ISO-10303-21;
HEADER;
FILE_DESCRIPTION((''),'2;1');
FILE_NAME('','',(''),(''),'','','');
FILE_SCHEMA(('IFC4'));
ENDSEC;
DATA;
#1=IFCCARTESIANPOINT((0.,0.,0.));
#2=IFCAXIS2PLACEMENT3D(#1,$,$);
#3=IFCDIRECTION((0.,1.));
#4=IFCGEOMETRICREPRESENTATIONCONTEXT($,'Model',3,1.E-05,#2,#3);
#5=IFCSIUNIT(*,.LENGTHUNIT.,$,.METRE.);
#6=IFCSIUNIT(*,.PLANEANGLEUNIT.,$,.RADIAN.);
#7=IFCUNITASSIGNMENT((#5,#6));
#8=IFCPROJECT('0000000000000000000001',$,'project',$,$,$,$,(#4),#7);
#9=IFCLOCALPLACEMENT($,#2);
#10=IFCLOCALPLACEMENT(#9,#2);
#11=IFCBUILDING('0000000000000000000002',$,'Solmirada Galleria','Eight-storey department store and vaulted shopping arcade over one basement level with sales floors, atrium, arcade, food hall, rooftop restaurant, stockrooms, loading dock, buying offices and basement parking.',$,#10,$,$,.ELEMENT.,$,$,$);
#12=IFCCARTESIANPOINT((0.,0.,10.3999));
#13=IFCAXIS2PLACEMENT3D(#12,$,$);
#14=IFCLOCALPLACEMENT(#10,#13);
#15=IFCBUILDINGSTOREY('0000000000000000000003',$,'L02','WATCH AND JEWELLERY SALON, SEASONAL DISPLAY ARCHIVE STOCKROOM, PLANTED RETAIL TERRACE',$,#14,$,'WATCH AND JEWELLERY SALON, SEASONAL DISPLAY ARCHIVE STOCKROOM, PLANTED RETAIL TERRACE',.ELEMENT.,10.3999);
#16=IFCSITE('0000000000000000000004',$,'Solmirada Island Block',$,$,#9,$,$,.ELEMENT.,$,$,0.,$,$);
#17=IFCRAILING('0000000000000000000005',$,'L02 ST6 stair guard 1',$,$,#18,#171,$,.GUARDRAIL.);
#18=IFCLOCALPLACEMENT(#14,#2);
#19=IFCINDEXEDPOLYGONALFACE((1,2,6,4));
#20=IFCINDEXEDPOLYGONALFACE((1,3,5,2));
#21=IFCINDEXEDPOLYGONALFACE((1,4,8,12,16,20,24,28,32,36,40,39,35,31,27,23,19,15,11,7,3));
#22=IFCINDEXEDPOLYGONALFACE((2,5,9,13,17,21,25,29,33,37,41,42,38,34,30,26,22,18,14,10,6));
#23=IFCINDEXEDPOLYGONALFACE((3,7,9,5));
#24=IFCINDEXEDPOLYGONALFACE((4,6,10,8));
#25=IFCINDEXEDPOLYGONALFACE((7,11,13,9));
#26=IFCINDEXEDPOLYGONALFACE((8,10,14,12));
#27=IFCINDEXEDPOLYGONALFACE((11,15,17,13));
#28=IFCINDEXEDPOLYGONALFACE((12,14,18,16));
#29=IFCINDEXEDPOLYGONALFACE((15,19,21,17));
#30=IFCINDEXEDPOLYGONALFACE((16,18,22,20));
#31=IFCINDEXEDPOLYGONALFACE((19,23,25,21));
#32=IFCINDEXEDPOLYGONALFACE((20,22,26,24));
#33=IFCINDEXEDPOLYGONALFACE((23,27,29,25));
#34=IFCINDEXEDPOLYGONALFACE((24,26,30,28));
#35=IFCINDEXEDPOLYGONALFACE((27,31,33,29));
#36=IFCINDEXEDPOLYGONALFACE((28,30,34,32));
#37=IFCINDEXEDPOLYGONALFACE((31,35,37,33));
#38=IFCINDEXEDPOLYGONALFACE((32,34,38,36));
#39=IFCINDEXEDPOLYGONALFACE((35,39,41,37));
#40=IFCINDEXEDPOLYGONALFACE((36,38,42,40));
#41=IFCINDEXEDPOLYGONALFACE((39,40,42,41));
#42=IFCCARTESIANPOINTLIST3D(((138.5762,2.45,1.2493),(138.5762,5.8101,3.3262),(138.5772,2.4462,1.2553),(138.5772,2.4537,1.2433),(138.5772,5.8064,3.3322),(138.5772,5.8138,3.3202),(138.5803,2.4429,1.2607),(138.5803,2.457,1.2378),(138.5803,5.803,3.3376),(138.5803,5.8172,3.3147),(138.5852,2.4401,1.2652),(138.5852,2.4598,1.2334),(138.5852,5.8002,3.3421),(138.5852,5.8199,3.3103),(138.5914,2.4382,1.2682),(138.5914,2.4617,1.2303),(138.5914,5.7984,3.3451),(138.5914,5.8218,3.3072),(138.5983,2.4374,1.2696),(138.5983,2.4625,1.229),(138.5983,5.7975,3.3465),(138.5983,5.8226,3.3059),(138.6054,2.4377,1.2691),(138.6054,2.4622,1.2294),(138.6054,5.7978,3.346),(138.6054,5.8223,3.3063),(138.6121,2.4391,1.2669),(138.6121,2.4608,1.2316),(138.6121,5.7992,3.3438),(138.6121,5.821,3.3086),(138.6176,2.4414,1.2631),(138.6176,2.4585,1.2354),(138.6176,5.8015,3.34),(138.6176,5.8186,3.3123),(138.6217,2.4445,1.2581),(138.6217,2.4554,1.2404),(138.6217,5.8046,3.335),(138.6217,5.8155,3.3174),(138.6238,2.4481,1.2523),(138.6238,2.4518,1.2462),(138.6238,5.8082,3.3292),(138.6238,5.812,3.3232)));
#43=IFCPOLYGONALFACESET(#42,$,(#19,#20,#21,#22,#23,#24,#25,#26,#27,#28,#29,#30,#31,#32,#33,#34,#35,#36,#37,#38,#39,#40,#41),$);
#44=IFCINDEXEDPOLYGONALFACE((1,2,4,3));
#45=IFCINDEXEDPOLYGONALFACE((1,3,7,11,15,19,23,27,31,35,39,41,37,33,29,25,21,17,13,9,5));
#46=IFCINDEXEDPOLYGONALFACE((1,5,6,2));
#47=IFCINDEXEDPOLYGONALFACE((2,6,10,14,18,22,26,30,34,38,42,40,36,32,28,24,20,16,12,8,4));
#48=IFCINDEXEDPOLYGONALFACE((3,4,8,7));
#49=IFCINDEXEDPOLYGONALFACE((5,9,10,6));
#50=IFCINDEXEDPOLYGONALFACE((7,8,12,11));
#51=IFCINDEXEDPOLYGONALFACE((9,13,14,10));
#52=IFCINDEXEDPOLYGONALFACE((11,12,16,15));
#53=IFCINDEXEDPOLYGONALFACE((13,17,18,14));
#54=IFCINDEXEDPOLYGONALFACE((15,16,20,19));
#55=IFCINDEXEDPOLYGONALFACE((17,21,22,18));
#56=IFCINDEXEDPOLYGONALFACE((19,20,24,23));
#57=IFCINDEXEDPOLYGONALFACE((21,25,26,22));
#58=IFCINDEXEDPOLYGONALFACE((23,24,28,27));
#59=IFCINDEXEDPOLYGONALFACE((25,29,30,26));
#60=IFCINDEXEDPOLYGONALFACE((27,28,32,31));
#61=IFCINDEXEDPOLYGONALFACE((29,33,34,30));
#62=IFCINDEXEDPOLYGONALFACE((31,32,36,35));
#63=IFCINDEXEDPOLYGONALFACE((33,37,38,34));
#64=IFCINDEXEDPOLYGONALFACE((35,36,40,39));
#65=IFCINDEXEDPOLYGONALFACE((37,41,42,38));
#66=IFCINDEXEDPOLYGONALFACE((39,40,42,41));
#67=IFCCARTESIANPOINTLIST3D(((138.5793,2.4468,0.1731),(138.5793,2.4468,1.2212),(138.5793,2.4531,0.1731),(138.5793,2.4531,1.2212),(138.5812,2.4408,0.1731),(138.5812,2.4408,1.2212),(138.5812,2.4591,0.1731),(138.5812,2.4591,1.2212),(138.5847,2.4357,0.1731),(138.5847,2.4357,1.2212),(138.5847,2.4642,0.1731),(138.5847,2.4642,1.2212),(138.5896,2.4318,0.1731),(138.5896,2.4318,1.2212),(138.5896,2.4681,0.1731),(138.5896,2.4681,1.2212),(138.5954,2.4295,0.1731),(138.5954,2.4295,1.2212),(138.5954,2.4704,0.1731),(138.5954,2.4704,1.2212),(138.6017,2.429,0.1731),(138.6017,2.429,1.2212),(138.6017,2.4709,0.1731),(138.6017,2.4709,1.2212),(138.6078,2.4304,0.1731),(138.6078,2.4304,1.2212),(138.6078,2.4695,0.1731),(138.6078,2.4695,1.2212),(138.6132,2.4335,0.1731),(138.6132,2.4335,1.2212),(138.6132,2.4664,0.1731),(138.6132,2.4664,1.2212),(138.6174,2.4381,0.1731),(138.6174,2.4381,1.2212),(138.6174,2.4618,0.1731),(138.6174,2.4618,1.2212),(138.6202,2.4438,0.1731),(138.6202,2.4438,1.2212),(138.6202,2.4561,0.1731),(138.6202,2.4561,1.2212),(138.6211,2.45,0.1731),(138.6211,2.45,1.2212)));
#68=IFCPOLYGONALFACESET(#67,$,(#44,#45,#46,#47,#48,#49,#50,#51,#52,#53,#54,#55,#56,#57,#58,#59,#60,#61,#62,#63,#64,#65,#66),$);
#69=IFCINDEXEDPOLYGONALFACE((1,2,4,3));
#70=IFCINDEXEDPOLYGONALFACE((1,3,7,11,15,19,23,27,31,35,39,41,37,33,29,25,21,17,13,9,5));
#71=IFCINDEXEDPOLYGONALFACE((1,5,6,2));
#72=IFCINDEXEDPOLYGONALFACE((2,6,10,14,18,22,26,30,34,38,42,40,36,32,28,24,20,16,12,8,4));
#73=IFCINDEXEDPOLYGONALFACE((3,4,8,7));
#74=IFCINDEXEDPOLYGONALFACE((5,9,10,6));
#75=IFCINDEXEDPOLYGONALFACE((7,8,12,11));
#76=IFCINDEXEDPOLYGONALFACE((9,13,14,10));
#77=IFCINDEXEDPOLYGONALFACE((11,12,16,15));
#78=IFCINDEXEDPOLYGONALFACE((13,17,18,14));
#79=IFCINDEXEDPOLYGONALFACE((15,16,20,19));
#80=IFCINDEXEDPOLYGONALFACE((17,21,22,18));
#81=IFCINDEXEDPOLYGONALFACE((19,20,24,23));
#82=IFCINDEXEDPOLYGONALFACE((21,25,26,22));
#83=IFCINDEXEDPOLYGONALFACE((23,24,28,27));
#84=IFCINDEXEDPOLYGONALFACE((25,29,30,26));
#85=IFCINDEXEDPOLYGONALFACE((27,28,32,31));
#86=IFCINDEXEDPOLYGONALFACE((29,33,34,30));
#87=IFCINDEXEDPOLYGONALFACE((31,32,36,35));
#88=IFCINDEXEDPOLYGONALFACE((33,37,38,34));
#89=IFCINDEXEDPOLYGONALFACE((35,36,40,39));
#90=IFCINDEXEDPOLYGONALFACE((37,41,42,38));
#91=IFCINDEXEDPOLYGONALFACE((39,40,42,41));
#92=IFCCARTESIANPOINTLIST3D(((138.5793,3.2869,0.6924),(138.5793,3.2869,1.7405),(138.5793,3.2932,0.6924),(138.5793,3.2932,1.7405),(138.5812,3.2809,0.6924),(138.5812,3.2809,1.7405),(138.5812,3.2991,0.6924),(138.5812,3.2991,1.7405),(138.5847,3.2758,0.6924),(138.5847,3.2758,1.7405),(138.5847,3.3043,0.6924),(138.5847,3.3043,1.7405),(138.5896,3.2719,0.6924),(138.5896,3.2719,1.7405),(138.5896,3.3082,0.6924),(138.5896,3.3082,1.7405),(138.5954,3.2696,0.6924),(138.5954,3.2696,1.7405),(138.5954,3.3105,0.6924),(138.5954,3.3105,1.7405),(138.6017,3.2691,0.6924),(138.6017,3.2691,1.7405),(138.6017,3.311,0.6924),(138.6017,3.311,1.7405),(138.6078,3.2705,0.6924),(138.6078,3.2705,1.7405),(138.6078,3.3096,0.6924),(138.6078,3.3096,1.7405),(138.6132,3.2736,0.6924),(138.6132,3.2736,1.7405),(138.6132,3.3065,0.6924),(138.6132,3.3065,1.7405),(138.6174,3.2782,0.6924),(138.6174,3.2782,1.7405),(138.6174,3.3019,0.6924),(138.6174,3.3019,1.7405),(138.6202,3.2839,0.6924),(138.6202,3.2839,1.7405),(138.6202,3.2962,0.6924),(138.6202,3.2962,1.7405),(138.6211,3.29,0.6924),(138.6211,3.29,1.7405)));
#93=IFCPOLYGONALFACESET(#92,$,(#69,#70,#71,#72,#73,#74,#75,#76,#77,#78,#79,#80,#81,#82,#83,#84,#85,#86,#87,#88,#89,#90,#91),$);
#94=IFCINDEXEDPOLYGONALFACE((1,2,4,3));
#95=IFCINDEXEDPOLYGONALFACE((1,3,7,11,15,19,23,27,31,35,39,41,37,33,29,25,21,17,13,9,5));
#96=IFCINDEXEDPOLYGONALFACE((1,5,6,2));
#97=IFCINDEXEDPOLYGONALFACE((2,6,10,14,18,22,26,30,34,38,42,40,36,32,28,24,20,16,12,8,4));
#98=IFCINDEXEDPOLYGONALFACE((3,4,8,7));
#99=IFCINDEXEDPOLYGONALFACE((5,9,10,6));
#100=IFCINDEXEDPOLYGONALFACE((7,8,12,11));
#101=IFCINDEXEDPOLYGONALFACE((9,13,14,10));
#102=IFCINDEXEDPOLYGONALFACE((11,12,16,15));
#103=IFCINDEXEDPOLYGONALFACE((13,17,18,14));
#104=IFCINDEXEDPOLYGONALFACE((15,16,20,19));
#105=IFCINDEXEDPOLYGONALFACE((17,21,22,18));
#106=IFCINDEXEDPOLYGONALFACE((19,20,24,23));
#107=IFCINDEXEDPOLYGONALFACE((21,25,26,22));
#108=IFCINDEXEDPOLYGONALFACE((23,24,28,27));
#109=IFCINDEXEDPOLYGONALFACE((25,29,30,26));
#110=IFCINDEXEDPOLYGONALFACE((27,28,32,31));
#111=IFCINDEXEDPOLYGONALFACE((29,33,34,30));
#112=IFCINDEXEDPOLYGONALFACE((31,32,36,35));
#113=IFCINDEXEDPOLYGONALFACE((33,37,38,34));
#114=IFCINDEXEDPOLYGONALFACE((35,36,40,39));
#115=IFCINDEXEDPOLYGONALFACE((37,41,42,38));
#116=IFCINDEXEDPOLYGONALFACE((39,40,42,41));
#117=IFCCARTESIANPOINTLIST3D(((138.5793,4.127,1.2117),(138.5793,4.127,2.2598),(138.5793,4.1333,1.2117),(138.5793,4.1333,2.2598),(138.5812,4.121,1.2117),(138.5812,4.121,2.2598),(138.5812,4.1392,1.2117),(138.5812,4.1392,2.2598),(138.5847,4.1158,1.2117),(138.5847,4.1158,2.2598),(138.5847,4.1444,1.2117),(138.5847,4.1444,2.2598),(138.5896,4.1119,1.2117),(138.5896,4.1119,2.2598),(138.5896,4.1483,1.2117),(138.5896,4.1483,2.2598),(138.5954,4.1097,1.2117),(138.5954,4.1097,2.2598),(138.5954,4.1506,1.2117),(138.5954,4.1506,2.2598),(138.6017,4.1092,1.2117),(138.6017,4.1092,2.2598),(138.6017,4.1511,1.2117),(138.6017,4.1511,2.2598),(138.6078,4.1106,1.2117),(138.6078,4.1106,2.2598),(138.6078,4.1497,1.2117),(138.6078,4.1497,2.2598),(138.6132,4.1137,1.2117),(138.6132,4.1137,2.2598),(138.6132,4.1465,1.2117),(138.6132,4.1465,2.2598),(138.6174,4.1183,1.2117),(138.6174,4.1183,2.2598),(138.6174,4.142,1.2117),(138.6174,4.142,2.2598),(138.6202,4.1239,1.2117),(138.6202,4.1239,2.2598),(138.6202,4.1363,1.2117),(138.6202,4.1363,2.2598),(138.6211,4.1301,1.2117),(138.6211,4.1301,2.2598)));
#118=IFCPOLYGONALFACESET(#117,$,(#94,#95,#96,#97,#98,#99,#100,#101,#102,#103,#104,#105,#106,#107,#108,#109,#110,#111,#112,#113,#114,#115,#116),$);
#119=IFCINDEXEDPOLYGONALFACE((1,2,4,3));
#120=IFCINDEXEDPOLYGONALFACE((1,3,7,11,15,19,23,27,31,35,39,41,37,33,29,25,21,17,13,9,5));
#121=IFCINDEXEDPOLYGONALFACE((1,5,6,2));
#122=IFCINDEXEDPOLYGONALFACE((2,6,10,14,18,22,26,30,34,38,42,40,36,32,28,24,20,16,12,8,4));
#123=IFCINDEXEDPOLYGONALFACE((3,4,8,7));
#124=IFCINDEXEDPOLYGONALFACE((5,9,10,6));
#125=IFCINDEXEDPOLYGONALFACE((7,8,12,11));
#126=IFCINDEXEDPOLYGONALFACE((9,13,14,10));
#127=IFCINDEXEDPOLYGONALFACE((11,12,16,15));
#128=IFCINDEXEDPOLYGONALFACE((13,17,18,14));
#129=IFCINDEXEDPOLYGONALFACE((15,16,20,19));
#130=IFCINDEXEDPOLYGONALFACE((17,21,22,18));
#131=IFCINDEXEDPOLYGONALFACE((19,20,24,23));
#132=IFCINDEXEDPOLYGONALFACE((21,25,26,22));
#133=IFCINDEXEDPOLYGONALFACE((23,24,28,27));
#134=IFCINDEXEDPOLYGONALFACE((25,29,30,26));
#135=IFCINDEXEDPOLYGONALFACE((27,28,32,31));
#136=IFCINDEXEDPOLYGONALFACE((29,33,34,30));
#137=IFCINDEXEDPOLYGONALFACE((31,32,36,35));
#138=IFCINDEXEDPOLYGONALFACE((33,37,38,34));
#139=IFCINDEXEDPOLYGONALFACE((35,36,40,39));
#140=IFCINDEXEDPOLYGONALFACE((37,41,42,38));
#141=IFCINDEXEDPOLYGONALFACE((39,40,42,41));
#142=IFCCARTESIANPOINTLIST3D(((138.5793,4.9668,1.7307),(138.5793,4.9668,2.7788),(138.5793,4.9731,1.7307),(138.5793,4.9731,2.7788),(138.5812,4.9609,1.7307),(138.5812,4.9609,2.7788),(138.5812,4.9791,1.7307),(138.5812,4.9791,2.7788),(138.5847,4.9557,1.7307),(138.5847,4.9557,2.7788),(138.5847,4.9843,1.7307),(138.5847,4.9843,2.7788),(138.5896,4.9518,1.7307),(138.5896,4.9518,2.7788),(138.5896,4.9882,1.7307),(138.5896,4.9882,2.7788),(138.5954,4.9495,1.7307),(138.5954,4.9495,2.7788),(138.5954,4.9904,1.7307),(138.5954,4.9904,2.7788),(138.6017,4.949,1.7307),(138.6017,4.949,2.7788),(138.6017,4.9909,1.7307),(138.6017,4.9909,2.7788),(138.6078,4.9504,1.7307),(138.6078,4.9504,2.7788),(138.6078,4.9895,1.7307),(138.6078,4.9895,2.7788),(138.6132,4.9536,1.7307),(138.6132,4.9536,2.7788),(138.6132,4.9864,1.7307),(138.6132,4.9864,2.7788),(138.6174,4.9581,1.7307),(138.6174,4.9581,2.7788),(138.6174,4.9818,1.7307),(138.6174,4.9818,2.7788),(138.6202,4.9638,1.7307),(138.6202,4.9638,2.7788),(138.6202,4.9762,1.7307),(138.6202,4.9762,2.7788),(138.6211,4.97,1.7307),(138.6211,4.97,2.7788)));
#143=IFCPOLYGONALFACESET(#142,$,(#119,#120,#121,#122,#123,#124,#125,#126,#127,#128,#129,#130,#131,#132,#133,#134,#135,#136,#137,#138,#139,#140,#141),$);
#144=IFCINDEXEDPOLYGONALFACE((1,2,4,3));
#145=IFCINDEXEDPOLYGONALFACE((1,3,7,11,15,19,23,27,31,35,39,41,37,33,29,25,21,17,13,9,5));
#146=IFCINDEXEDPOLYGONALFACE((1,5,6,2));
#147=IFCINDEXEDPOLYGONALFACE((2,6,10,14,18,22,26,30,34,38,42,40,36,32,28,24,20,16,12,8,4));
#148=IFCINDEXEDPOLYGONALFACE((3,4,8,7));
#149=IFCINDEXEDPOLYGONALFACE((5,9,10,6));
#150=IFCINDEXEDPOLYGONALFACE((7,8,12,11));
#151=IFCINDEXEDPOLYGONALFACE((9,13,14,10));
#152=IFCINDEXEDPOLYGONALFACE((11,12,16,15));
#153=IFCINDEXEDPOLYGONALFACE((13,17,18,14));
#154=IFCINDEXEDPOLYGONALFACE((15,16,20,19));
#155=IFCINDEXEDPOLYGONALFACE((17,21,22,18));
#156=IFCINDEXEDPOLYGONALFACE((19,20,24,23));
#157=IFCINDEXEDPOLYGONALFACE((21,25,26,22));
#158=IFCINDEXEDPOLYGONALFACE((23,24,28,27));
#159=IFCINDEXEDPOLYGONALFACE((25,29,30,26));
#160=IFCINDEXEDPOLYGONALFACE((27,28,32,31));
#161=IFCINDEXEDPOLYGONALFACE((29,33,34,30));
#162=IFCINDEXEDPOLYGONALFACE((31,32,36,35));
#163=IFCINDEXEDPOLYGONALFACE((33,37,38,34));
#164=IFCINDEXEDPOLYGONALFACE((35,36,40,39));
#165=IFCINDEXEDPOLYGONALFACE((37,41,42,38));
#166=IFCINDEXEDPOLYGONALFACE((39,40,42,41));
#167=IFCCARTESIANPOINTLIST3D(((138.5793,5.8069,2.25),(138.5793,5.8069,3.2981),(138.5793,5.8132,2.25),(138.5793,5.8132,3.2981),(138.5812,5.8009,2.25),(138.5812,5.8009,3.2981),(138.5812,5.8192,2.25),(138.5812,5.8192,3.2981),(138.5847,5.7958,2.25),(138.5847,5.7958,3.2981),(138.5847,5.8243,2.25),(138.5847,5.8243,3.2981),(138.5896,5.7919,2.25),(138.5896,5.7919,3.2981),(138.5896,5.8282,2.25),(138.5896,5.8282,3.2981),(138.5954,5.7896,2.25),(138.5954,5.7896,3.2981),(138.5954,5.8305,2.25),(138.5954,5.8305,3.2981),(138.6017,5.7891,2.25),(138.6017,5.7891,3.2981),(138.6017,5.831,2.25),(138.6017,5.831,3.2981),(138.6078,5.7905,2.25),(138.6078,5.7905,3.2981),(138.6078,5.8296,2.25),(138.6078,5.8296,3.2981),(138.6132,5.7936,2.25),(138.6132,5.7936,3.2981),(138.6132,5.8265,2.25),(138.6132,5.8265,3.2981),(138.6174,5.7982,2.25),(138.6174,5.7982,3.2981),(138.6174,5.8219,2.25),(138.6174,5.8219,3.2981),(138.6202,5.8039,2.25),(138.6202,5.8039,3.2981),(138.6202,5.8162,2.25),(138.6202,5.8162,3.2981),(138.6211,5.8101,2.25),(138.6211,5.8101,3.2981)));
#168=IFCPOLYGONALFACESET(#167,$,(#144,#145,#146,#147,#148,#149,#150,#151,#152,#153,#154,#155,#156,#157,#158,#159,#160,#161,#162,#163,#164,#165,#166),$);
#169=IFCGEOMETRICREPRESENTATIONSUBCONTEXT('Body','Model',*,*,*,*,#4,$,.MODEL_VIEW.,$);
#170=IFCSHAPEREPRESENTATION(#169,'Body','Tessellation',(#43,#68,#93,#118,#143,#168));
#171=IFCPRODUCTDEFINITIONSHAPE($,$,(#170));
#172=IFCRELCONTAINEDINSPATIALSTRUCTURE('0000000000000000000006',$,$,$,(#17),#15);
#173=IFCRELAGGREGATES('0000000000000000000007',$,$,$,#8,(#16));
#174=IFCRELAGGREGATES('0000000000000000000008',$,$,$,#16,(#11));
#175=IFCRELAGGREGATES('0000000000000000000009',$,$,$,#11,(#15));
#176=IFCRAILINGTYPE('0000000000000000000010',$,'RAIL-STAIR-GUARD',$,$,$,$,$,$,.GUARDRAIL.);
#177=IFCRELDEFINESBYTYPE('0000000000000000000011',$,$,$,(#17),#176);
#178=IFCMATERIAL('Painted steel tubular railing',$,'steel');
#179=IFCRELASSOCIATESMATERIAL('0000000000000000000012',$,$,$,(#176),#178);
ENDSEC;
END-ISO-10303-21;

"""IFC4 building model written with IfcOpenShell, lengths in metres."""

from ifc_helpers import new_model, si_unit, direction, frame, origin, origin_2d, place, context, subcontext, project, spatial, circle, extrude, material, type_object, element, save


model = new_model("IFC4")

# Units and contexts
model_context = context("Model", 3, precision=1e-05, world=origin(), true_north=direction((0.0, 1.0)))
body_context = subcontext(model_context, "Body", "Model", "MODEL_VIEW")
ifc_project = project(units=[si_unit("LENGTHUNIT", "METRE"), si_unit("PLANEANGLEUNIT", "RADIAN")], contexts=[model_context])

# Site, building, storey
site_placement = place(None, origin())
site = spatial("IfcSite", under=ifc_project, at=site_placement, Name="Solmirada Island Block", CompositionType="ELEMENT", RefElevation=0.0)
building_placement = place(site_placement, origin())
building = spatial("IfcBuilding", under=site, at=building_placement, Name="Solmirada Galleria", Description="Eight-storey department store and vaulted shopping arcade over one basement level with sales floors, atrium, arcade, food hall, rooftop restaurant, stockrooms, loading dock, buying offices and basement parking.", CompositionType="ELEMENT")
storey_placement = place(building_placement, frame((0.0, 0.0, 10.3999)))
storey = spatial("IfcBuildingStorey", under=building, at=storey_placement, Name="L02", Description="WATCH AND JEWELLERY SALON, SEASONAL DISPLAY ARCHIVE STOCKROOM, PLANTED RETAIL TERRACE", LongName="WATCH AND JEWELLERY SALON, SEASONAL DISPLAY ARCHIVE STOCKROOM, PLANTED RETAIL TERRACE", CompositionType="ELEMENT", Elevation=10.3999)

# Railing
ifc_material_1 = material(Name="Painted steel tubular railing", Category="steel")
railing_type_1 = type_object("IfcRailingType", Name="RAIL-STAIR-GUARD", PredefinedType="GUARDRAIL", material=ifc_material_1)
railing_1_placement = place(storey_placement, frame((138.6001, 2.45, 0.1731)))
element("IfcRailing", 1, at=railing_1_placement, inside=storey, type_object=railing_type_1, Name="L02 ST6 stair guard 1", PredefinedType="GUARDRAIL", context=body_context, shape_type="SweptSolid", body=[
    extrude(circle(Radius=0.0239, at=origin_2d()), frame((0.0, 0.0, 1.0762), z_axis=(0.0, 0.850623, 0.525776), x_axis=(-1.0, 0.0, 0.0)), (0.0, 0.0, 1.0), 3.9502),
    extrude(circle(Radius=0.021, at=origin_2d()), origin(), (0.0, 0.0, 1.0), 1.0481),
    extrude(circle(Radius=0.021, at=origin_2d()), frame((0.0, 0.8401, 0.5193)), (0.0, 0.0, 1.0), 1.0481),
    extrude(circle(Radius=0.021, at=origin_2d()), frame((0.0, 1.6802, 1.0386)), (0.0, 0.0, 1.0), 1.0481),
    extrude(circle(Radius=0.021, at=origin_2d()), frame((0.0, 2.52, 1.5576)), (0.0, 0.0, 1.0), 1.0481),
    extrude(circle(Radius=0.021, at=origin_2d()), frame((0.0, 3.3601, 2.0769)), (0.0, 0.0, 1.0), 1.0481),
])

save(model, "model.ifc")
